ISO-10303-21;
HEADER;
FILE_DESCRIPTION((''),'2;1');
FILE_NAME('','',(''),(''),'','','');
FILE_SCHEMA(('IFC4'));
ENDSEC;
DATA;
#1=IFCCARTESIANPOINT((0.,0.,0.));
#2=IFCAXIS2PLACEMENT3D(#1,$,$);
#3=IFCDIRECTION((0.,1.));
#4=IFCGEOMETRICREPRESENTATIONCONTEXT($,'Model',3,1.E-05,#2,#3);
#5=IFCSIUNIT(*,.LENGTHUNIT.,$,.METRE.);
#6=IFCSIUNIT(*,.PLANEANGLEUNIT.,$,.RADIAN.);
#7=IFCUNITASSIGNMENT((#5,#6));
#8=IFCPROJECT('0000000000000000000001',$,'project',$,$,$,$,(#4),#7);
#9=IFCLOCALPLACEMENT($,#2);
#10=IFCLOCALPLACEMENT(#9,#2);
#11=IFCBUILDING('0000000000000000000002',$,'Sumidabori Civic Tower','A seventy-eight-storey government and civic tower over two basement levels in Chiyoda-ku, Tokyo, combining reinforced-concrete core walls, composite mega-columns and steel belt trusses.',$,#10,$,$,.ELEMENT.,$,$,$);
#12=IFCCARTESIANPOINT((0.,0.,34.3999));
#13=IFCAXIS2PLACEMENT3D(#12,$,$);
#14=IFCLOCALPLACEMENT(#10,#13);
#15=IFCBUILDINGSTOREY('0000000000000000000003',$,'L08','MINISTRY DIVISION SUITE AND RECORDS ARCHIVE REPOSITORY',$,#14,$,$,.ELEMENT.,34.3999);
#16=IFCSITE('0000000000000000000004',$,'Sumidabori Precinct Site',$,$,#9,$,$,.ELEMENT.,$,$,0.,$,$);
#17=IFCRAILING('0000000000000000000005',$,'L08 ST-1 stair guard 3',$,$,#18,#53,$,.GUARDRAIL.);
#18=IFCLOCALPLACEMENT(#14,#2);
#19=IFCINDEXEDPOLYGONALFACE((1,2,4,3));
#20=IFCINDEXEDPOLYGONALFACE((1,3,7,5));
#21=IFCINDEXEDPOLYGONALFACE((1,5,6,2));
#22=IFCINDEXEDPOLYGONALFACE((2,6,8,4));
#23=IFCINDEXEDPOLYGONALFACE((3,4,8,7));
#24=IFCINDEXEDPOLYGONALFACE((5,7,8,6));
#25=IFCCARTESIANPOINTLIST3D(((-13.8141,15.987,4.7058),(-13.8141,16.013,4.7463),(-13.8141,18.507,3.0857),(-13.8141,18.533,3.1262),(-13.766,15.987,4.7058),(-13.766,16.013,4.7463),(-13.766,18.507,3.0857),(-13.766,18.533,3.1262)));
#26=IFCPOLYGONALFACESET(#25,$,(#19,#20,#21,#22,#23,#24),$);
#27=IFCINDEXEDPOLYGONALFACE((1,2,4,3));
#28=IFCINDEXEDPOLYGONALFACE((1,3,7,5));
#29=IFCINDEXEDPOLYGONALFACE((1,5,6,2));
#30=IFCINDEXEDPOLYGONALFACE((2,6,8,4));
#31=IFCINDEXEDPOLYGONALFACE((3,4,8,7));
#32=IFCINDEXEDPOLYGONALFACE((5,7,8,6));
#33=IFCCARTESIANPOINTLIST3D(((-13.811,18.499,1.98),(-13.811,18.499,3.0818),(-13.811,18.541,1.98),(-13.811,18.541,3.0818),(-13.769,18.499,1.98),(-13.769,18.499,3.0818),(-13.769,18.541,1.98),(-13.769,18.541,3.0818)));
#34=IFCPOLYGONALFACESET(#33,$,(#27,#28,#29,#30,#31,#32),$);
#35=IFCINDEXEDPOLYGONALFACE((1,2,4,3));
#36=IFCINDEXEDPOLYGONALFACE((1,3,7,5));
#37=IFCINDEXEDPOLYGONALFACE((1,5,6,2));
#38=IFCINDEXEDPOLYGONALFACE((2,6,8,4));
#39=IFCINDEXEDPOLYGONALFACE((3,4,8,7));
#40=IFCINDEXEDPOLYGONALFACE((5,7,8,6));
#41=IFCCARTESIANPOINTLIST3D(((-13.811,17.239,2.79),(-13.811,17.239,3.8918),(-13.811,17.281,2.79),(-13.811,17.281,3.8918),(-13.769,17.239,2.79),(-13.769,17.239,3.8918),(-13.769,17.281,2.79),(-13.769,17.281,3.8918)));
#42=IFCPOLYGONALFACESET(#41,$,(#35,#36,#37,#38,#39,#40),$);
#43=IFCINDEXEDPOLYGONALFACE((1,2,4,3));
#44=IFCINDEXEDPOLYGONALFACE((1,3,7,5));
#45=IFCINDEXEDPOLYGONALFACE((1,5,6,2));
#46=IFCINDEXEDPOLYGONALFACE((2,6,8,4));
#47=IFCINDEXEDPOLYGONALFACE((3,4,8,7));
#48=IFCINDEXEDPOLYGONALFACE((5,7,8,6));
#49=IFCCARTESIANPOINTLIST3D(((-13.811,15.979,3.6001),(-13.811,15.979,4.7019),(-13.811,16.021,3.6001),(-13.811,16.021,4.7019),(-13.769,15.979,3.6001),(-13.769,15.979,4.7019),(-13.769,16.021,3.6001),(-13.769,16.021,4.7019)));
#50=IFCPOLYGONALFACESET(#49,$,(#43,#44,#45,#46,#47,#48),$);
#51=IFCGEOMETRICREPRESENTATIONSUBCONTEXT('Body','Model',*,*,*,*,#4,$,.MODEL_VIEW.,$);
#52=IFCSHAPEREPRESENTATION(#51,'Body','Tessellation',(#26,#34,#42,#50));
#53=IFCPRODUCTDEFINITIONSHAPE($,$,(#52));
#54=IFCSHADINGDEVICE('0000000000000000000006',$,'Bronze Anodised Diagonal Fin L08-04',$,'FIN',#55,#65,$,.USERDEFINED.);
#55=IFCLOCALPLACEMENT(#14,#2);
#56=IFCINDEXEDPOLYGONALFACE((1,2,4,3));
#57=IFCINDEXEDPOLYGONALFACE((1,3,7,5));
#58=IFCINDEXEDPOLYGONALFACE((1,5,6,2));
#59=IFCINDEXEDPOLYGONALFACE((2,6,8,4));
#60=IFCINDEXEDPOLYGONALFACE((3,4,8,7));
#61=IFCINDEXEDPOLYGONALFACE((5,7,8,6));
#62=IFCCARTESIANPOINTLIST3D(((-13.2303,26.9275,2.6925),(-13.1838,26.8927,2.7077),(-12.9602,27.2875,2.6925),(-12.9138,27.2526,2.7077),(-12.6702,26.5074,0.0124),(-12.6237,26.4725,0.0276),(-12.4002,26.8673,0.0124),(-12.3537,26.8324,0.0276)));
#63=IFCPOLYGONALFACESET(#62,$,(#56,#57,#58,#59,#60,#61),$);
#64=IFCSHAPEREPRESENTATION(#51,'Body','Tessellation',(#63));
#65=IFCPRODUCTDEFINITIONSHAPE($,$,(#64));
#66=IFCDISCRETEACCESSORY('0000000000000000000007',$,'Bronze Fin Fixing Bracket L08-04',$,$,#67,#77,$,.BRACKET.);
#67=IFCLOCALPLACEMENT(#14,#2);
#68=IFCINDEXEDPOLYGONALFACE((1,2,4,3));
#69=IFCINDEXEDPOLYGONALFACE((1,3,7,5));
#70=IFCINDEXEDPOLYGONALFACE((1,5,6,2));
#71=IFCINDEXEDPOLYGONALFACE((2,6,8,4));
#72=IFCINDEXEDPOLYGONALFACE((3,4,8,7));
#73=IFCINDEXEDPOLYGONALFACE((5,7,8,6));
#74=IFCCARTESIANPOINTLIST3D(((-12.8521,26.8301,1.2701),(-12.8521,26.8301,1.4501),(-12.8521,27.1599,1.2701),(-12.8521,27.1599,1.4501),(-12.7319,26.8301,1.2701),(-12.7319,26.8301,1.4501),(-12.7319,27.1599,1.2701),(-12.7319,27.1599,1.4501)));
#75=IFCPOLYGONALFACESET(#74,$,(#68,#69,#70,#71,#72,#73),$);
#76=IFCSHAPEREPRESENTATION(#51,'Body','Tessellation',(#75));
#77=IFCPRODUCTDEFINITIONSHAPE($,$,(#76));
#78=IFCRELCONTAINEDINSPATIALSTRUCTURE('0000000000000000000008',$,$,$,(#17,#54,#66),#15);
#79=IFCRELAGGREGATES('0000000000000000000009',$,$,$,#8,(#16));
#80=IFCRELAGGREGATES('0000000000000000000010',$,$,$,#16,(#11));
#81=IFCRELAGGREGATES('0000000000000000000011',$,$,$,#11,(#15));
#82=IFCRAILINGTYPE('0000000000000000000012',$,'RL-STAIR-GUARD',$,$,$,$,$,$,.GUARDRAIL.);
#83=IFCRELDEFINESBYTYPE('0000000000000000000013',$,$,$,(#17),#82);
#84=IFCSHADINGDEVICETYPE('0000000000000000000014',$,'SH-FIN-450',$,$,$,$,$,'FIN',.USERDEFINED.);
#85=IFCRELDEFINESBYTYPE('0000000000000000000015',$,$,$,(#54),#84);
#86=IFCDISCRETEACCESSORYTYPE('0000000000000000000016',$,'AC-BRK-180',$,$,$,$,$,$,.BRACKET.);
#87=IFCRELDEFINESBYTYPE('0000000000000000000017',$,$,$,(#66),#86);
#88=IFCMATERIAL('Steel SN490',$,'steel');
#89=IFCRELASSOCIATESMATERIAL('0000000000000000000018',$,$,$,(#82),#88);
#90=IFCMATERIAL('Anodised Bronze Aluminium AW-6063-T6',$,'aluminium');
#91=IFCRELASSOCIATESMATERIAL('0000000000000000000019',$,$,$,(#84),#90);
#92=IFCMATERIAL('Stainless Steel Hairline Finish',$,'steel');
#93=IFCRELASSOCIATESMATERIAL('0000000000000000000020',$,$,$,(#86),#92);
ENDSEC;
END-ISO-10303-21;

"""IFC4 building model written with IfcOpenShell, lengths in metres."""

from ifc_helpers import new_model, si_unit, direction, frame, origin, origin_2d, place, context, subcontext, project, spatial, rectangle, extrude, source, transform, mapped, material, material_profile, profile_set, type_object, element, save


model = new_model("IFC4")

# Units and contexts
model_context = context("Model", 3, precision=1e-05, world=origin(), true_north=direction((0.0, 1.0)))
body_context = subcontext(model_context, "Body", "Model", "MODEL_VIEW")
ifc_project = project(units=[si_unit("LENGTHUNIT", "METRE"), si_unit("PLANEANGLEUNIT", "RADIAN")], contexts=[model_context])

# Site, building, storey
site_placement = place(None, origin())
site = spatial("IfcSite", under=ifc_project, at=site_placement, Name="Sumidabori Precinct Site", CompositionType="ELEMENT", RefElevation=0.0)
building_placement = place(site_placement, origin())
building = spatial("IfcBuilding", under=site, at=building_placement, Name="Sumidabori Civic Tower", Description="A seventy-eight-storey government and civic tower over two basement levels in Chiyoda-ku, Tokyo, combining reinforced-concrete core walls, composite mega-columns and steel belt trusses.", CompositionType="ELEMENT")
storey_placement = place(building_placement, frame((0.0, 0.0, 34.3999)))
storey = spatial("IfcBuildingStorey", under=building, at=storey_placement, Name="L08", Description="MINISTRY DIVISION SUITE AND RECORDS ARCHIVE REPOSITORY", CompositionType="ELEMENT", Elevation=34.3999)

# Shared definitions
ifc_material_1 = material(Name="Anodised Bronze Aluminium AW-6063-T6", Category="aluminium")

# Railing
ifc_material_2 = material(Name="Stainless Steel Hairline Finish", Category="steel")
ifc_material_3 = material(Name="Steel SN490", Category="steel")
railing_type_1 = type_object("IfcRailingType", Name="RL-STAIR-GUARD", PredefinedType="GUARDRAIL", material=ifc_material_3)
railing_1_placement = place(storey_placement, frame((-13.79, 18.52, 1.98)))
element("IfcRailing", 1, at=railing_1_placement, inside=storey, type_object=railing_type_1, Name="L08 ST-1 stair guard 3", PredefinedType="GUARDRAIL", context=body_context, shape_type="SweptSolid", body=[
    extrude(rectangle(XDim=0.0481, YDim=0.0481, at=origin_2d()), frame((0.0, 0.0, 1.126), z_axis=(0.0, -0.841163, 0.540782), x_axis=(1.0, 0.0, 0.0)), (0.0, 0.0, 1.0), 2.9958),
    extrude(rectangle(XDim=0.042, YDim=0.042, at=origin_2d()), origin(), (0.0, 0.0, 1.0), 1.1018),
    extrude(rectangle(XDim=0.042, YDim=0.042, at=origin_2d()), frame((0.0, -1.26, 0.8101)), (0.0, 0.0, 1.0), 1.1018),
    extrude(rectangle(XDim=0.042, YDim=0.042, at=origin_2d()), frame((0.0, -2.52, 1.6201)), (0.0, 0.0, 1.0), 1.1018),
])

# Shading device
ifc_material_profile_1 = material_profile(ifc_material_1, rectangle(XDim=0.0601, YDim=0.45, at=origin_2d()), Name="BRONZE FIN 450x60")
ifc_profile_set_1 = profile_set([ifc_material_profile_1], Name="Anodised Bronze Aluminium AW-6063-T6")
shading_device_type = type_object("IfcShadingDeviceType", Name="SH-FIN-450", ElementType="FIN", PredefinedType="USERDEFINED", material=ifc_profile_set_1)
shared_shape_1 = source(origin(), body_context, "Body", "SweptSolid", [
    extrude(rectangle(XDim=0.0601, YDim=0.45, at=origin_2d()), origin(), (0.0, 0.0, 1.0), 2.77),
])
shading_device_placement = place(storey_placement, frame((-12.512, 26.6699, 0.02), z_axis=(-0.202179, 0.151678, 0.967532), x_axis=(0.773944, -0.580627, 0.25275)))
element("IfcShadingDevice", 2, at=shading_device_placement, inside=storey, type_object=shading_device_type, Name="Bronze Anodised Diagonal Fin L08-04", ObjectType="FIN", PredefinedType="USERDEFINED", context=body_context, shape_type="MappedRepresentation", body=[
    mapped(shared_shape_1, transform((0.0, 0.0, 0.0), x_axis=(1.0, 0.0, 0.0), y_axis=(0.0, 1.0, 0.0), z_axis=(0.0, 0.0, 1.0), scale=1.0)),
])

# Discrete accessory
ifc_material_profile_2 = material_profile(ifc_material_2, rectangle(XDim=0.1201, YDim=0.1799, at=origin_2d()), Name="STEEL BRACKET 180x120")
ifc_profile_set_2 = profile_set([ifc_material_profile_2], Name="Stainless Steel Hairline Finish")
discrete_accessory_type = type_object("IfcDiscreteAccessoryType", Name="AC-BRK-180", PredefinedType="BRACKET", material=ifc_profile_set_2)
shared_shape_2 = source(origin(), body_context, "Body", "SweptSolid", [
    extrude(rectangle(XDim=0.1201, YDim=0.1799, at=origin_2d()), origin(), (0.0, 0.0, 1.0), 0.3298),
])
discrete_accessory_placement = place(storey_placement, frame((-12.792, 26.8301, 1.3601), z_axis=(0.0, 1.0, 0.0), x_axis=(-1.0, 0.0, 0.0)))
element("IfcDiscreteAccessory", 3, at=discrete_accessory_placement, inside=storey, type_object=discrete_accessory_type, Name="Bronze Fin Fixing Bracket L08-04", PredefinedType="BRACKET", context=body_context, shape_type="MappedRepresentation", body=[
    mapped(shared_shape_2, transform((0.0, 0.0, 0.0), x_axis=(1.0, 0.0, 0.0), y_axis=(0.0, 1.0, 0.0), z_axis=(0.0, 0.0, 1.0), scale=1.0)),
])

save(model, "model.ifc")
